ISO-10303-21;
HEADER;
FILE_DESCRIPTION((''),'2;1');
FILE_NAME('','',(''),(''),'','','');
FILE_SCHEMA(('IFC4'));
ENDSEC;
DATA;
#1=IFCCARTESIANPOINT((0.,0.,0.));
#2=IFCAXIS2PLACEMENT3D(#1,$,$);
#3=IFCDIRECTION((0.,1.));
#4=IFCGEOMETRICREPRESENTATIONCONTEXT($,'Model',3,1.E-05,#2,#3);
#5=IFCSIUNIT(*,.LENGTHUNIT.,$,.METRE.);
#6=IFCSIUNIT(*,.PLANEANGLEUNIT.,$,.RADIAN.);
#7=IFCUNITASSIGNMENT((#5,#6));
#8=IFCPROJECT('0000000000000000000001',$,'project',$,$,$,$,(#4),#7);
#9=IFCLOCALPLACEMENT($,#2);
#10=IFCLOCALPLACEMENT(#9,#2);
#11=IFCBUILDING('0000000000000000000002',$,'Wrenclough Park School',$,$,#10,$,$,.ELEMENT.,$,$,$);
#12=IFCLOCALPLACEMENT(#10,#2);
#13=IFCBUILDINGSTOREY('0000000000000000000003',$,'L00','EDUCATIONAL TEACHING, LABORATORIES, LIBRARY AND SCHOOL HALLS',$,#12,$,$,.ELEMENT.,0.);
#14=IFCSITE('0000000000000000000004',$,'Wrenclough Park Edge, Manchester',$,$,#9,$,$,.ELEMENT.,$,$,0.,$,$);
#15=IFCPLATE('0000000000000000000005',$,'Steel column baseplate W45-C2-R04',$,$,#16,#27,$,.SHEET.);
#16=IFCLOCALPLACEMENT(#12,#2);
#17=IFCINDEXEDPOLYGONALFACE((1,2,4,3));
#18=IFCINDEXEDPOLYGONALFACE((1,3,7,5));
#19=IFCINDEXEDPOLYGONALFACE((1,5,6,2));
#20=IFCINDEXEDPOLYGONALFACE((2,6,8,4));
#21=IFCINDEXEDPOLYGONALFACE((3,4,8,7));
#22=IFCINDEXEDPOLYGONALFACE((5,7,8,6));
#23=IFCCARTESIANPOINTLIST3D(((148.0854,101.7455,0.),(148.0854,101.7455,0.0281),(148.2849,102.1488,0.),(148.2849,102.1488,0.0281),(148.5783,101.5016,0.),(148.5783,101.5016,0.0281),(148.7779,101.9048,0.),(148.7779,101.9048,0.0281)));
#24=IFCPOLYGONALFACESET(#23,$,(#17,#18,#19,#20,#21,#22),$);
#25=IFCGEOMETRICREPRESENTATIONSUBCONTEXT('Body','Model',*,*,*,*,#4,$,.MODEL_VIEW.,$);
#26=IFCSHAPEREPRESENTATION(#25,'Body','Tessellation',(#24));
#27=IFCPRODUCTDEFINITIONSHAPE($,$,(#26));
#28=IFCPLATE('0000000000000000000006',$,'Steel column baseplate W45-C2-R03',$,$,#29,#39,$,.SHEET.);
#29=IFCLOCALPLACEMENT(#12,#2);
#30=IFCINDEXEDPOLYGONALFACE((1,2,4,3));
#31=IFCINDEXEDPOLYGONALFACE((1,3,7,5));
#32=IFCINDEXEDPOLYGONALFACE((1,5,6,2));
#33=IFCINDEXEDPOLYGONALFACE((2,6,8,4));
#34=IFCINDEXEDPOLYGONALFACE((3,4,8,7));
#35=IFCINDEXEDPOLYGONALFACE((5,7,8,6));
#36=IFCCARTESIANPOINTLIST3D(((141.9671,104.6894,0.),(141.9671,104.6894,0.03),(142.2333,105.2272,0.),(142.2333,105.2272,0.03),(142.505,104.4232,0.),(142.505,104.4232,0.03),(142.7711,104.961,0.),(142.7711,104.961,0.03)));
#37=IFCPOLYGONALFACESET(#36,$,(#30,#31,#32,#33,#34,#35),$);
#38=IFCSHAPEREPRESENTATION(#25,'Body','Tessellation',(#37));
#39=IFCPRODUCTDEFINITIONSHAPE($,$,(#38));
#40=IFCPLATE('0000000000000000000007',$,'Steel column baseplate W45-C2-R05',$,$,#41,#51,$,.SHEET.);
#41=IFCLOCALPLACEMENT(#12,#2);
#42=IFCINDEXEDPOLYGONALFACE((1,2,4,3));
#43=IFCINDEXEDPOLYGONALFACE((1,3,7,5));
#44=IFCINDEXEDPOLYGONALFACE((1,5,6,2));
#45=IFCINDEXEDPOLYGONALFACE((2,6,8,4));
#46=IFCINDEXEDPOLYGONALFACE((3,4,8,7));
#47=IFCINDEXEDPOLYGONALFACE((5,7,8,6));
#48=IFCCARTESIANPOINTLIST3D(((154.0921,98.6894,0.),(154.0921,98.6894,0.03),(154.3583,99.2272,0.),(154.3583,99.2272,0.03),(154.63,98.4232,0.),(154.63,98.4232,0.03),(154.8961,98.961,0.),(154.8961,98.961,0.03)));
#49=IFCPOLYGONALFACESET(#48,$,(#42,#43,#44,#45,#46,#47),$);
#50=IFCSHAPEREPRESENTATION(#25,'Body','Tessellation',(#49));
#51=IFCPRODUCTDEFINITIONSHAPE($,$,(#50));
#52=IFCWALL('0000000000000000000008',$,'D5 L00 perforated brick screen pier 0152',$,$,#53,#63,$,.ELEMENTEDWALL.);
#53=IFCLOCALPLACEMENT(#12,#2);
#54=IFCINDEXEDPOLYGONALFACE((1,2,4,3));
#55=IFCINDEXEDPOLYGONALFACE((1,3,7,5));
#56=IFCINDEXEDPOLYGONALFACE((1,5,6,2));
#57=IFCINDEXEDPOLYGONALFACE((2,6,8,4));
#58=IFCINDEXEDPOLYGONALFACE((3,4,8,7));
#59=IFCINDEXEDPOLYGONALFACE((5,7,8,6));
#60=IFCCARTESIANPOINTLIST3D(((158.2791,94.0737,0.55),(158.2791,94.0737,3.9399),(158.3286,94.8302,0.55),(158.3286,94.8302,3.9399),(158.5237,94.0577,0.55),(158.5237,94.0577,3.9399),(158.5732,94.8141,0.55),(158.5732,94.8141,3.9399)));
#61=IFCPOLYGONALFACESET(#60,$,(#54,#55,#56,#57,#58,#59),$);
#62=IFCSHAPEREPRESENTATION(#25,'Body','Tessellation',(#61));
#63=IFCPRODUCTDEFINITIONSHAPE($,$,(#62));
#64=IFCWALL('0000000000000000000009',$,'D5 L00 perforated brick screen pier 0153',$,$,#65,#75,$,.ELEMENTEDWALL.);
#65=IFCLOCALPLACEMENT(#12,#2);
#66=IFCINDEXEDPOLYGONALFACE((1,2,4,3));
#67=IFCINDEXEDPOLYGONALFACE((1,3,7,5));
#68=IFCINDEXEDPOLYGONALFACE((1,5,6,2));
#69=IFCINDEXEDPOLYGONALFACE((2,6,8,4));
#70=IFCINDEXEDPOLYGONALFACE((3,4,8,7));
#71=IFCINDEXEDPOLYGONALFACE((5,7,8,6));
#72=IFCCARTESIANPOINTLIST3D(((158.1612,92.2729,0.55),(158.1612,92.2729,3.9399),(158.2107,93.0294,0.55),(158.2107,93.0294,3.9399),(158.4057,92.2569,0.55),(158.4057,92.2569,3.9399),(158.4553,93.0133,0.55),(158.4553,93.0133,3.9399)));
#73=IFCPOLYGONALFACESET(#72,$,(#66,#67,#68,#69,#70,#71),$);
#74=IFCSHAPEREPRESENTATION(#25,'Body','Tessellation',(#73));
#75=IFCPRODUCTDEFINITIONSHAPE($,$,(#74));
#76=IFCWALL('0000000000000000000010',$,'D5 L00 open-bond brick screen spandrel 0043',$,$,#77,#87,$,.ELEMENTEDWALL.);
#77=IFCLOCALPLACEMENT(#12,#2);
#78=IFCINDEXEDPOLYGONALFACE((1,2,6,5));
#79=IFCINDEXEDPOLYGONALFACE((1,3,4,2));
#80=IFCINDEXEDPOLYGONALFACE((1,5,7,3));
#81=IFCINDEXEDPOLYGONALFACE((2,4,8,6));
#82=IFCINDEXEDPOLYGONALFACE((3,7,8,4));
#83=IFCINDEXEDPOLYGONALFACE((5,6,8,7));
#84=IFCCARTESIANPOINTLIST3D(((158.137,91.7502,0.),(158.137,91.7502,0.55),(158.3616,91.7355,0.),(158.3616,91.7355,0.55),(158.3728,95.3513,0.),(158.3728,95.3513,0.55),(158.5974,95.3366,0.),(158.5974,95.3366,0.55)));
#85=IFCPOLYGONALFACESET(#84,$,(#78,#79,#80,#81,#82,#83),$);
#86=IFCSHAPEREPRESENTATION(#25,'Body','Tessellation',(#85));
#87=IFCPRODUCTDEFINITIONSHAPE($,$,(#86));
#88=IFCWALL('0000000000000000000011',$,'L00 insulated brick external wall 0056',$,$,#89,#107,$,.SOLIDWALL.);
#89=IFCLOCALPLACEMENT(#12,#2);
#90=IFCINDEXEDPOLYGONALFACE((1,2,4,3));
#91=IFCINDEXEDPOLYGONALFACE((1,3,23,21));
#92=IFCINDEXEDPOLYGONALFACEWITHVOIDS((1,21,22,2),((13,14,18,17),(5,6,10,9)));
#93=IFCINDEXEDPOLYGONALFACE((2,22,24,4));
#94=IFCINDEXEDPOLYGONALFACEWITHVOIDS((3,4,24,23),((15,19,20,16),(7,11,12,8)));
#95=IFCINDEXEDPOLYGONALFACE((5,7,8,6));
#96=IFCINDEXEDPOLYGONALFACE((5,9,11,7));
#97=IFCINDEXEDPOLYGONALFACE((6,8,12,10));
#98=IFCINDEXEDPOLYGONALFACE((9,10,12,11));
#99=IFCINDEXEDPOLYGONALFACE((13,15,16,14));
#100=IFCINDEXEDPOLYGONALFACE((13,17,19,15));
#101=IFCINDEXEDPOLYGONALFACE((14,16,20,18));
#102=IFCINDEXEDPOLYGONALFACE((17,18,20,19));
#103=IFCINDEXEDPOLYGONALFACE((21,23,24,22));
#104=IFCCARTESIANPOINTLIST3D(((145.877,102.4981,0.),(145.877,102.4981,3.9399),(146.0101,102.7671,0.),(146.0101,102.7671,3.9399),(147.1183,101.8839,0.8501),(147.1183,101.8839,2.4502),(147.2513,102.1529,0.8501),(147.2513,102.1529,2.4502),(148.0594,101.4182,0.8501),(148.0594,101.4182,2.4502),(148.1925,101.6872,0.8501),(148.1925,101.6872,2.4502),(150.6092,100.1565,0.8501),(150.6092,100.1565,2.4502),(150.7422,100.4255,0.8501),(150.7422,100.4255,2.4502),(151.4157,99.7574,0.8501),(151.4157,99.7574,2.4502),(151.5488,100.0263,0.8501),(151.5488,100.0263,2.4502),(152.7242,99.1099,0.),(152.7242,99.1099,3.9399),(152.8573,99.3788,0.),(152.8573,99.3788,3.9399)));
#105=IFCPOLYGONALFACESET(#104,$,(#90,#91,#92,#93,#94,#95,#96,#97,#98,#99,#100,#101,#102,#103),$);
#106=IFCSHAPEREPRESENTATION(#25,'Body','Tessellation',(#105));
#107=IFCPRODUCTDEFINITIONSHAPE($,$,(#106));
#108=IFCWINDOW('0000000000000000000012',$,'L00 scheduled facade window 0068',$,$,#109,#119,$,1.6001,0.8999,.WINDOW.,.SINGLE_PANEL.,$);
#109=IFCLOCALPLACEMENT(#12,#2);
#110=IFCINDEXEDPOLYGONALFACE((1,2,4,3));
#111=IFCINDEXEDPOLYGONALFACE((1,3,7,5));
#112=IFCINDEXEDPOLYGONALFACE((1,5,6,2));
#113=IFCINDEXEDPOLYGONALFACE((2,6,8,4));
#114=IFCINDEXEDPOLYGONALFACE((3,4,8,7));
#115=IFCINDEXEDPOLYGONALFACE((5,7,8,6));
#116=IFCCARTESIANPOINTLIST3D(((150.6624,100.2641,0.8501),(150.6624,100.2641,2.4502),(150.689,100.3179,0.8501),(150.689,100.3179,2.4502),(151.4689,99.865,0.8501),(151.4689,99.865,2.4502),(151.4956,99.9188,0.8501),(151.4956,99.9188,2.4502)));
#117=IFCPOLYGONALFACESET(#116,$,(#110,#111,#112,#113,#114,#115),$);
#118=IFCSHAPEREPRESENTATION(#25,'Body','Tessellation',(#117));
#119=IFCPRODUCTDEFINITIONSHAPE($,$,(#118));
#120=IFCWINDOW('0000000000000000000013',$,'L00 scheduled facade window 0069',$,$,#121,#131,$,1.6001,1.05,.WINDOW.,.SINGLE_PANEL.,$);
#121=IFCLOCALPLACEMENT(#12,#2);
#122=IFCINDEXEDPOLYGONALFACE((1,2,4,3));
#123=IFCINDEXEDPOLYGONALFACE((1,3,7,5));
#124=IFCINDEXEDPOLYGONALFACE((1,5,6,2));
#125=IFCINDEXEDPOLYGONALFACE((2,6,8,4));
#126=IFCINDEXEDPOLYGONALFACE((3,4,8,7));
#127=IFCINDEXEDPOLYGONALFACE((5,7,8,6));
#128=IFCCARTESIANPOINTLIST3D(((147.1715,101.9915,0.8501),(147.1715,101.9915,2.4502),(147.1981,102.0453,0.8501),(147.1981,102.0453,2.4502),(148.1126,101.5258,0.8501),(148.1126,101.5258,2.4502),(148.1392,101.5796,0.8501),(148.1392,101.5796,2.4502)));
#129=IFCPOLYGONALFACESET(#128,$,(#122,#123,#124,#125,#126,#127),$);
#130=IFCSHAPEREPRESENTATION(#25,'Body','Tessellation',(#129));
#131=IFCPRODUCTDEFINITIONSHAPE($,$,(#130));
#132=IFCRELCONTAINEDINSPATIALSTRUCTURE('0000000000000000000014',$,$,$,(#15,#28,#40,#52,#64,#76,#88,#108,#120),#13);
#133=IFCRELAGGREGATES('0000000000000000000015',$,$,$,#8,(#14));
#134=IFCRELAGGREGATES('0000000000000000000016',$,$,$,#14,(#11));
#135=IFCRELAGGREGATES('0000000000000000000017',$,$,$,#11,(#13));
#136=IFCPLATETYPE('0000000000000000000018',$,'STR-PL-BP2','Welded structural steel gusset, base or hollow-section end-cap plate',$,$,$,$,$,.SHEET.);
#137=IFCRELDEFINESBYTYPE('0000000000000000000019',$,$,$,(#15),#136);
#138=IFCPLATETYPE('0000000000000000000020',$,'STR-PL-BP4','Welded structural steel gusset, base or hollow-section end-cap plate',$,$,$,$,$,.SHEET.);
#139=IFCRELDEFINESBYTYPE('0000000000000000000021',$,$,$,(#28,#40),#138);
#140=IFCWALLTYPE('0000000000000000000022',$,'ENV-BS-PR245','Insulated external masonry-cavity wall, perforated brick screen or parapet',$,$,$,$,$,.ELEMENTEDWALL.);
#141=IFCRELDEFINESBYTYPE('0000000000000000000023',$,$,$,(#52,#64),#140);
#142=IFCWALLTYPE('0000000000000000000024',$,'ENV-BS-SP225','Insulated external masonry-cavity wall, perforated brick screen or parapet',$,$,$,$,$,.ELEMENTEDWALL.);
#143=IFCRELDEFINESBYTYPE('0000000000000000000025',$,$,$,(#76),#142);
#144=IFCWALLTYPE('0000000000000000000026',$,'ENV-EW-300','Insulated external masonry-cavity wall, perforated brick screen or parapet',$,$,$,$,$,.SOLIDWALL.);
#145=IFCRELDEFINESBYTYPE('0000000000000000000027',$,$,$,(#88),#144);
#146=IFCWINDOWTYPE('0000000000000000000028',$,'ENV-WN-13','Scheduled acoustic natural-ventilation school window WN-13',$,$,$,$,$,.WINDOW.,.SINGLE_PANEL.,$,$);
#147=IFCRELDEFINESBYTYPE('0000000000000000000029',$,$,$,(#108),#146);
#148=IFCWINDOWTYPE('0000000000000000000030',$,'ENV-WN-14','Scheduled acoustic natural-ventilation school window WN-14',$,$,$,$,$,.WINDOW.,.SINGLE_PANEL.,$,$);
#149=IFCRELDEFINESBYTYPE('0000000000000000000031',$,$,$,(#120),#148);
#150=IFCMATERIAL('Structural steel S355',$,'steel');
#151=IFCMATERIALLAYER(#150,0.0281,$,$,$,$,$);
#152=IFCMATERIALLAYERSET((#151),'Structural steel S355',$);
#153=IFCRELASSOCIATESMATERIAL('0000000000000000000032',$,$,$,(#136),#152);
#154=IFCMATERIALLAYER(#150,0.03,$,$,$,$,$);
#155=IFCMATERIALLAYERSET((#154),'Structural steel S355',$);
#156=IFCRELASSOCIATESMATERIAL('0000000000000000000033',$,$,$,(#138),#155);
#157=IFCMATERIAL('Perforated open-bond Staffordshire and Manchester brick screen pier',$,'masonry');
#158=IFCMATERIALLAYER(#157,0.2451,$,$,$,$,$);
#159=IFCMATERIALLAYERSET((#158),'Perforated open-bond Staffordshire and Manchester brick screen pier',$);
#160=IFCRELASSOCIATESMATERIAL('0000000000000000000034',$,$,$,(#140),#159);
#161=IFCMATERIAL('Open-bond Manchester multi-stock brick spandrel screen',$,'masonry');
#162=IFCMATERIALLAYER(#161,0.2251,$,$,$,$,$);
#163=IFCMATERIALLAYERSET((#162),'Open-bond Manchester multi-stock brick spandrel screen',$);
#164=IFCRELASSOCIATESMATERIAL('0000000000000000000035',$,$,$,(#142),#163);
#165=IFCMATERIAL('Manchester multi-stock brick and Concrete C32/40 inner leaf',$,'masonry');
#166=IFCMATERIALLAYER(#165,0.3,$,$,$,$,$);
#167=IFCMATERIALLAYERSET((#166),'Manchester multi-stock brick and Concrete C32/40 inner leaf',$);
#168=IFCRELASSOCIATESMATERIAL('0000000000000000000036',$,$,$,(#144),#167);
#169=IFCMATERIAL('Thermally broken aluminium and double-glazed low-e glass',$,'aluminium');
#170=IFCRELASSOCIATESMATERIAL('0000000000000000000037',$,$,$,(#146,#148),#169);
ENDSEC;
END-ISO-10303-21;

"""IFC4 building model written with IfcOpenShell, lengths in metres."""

from ifc_helpers import new_model, si_unit, direction, frame, frame_2d, origin, origin_2d, place, context, subcontext, project, spatial, rectangle, extrude, material, layer, layer_set, type_object, element, fill, save


model = new_model("IFC4")

# Units and contexts
model_context = context("Model", 3, precision=1e-05, world=origin(), true_north=direction((0.0, 1.0)))
body_context = subcontext(model_context, "Body", "Model", "MODEL_VIEW")
ifc_project = project(units=[si_unit("LENGTHUNIT", "METRE"), si_unit("PLANEANGLEUNIT", "RADIAN")], contexts=[model_context])

# Site, building, storey
site_placement = place(None, origin())
site = spatial("IfcSite", under=ifc_project, at=site_placement, Name="Wrenclough Park Edge, Manchester", CompositionType="ELEMENT", RefElevation=0.0)
building_placement = place(site_placement, origin())
building = spatial("IfcBuilding", under=site, at=building_placement, Name="Wrenclough Park School", CompositionType="ELEMENT")
storey_placement = place(building_placement, origin())
storey = spatial("IfcBuildingStorey", under=building, at=storey_placement, Name="L00", Description="EDUCATIONAL TEACHING, LABORATORIES, LIBRARY AND SCHOOL HALLS", CompositionType="ELEMENT", Elevation=0.0)

# Shared definitions
ifc_material_1 = material(Name="Structural steel S355", Category="steel")

# Plates
ifc_layer_1 = layer(ifc_material_1, 0.0281)
ifc_layer_set_1 = layer_set([ifc_layer_1], Name="Structural steel S355")
plate_type_1 = type_object("IfcPlateType", Name="STR-PL-BP2", Description="Welded structural steel gusset, base or hollow-section end-cap plate", PredefinedType="SHEET", material=ifc_layer_set_1)
plate_1_placement = place(storey_placement, frame((148.4316, 101.8252, 0.0), z_axis=(0.0, 0.0, 1.0), x_axis=(0.896254, -0.443541, 0.0)))
element("IfcPlate", 1, at=plate_1_placement, inside=storey, type_object=plate_type_1, Name="Steel column baseplate W45-C2-R04", PredefinedType="SHEET", context=body_context, shape_type="SweptSolid", body=[
    extrude(rectangle(XDim=0.55, YDim=0.45, at=origin_2d()), origin(), (0.0, 0.0, 1.0), 0.0281),
])
ifc_layer_2 = layer(ifc_material_1, 0.03)
ifc_layer_set_2 = layer_set([ifc_layer_2], Name="Structural steel S355")
plate_type_2 = type_object("IfcPlateType", Name="STR-PL-BP4", Description="Welded structural steel gusset, base or hollow-section end-cap plate", PredefinedType="SHEET", material=ifc_layer_set_2)
for number, where, z_axis, x_axis, name in (
    (2, (142.3691, 104.8252, 0.0), (0.0, 0.0, 1.0), (0.896254, -0.443541, 0.0), "Steel column baseplate W45-C2-R03"),
    (3, (154.4941, 98.8252, 0.0), (0.0, 0.0, 1.0), (0.896254, -0.443541, 0.0), "Steel column baseplate W45-C2-R05"),
):
    element("IfcPlate", number, at=place(storey_placement, frame(where, z_axis=z_axis, x_axis=x_axis)), inside=storey, type_object=plate_type_2, Name=name, PredefinedType="SHEET", context=body_context, shape_type="SweptSolid", body=[
        extrude(rectangle(XDim=0.6001, YDim=0.6001, at=origin_2d()), origin(), (0.0, 0.0, 1.0), 0.03),
    ])

# Walls
ifc_material_2 = material(Name="Perforated open-bond Staffordshire and Manchester brick screen pier", Category="masonry")
ifc_layer_3 = layer(ifc_material_2, 0.2451)
ifc_layer_set_3 = layer_set([ifc_layer_3], Name="Perforated open-bond Staffordshire and Manchester brick screen pier")
wall_type_1 = type_object("IfcWallType", Name="ENV-BS-PR245", Description="Insulated external masonry-cavity wall, perforated brick screen or parapet", PredefinedType="ELEMENTEDWALL", material=ifc_layer_set_3)
for number, where, z_axis, x_axis, name in (
    (4, (158.4509, 94.822, 0.55), (0.0, 0.0, 1.0), (-0.065386, -0.99786, 0.0), "D5 L00 perforated brick screen pier 0152"),
    (5, (158.333, 93.0212, 0.55), (0.0, 0.0, 1.0), (-0.065386, -0.99786, 0.0), "D5 L00 perforated brick screen pier 0153"),
):
    element("IfcWall", number, at=place(storey_placement, frame(where, z_axis=z_axis, x_axis=x_axis)), inside=storey, type_object=wall_type_1, Name=name, PredefinedType="ELEMENTEDWALL", context=body_context, shape_type="SweptSolid", body=[
        extrude(rectangle(XDim=0.7581, YDim=0.2451, at=frame_2d((0.3789, 0.0))), origin(), (0.0, 0.0, 1.0), 3.3899),
    ])
ifc_material_3 = material(Name="Open-bond Manchester multi-stock brick spandrel screen", Category="masonry")
ifc_layer_4 = layer(ifc_material_3, 0.2251)
ifc_layer_set_4 = layer_set([ifc_layer_4], Name="Open-bond Manchester multi-stock brick spandrel screen")
wall_type_2 = type_object("IfcWallType", Name="ENV-BS-SP225", Description="Insulated external masonry-cavity wall, perforated brick screen or parapet", PredefinedType="ELEMENTEDWALL", material=ifc_layer_set_4)
wall_1_placement = place(storey_placement, frame((158.4851, 95.344, 0.0), z_axis=(0.0, 0.0, 1.0), x_axis=(-0.065352, -0.997862, 0.0)))
element("IfcWall", 6, at=wall_1_placement, inside=storey, type_object=wall_type_2, Name="D5 L00 open-bond brick screen spandrel 0043", PredefinedType="ELEMENTEDWALL", context=body_context, shape_type="SweptSolid", body=[
    extrude(rectangle(XDim=3.6089, YDim=0.2251, at=frame_2d((1.8044, 0.0))), origin(), (0.0, 0.0, 1.0), 0.55),
])

# Wall, openings, windows
ifc_material_4 = material(Name="Manchester multi-stock brick and Concrete C32/40 inner leaf", Category="masonry")
ifc_layer_5 = layer(ifc_material_4, 0.3)
ifc_layer_set_5 = layer_set([ifc_layer_5], Name="Manchester multi-stock brick and Concrete C32/40 inner leaf")
wall_type_3 = type_object("IfcWallType", Name="ENV-EW-300", Description="Insulated external masonry-cavity wall, perforated brick screen or parapet", PredefinedType="SOLIDWALL", material=ifc_layer_set_5)
wall_2_placement = place(storey_placement, frame((152.7908, 99.2444, 0.0), z_axis=(0.0, 0.0, 1.0), x_axis=(-0.896273, 0.443503, 0.0)))
wall_2 = element("IfcWall", 7, at=wall_2_placement, inside=storey, type_object=wall_type_3, Name="L00 insulated brick external wall 0056", PredefinedType="SOLIDWALL", context=body_context, shape_type="SweptSolid", body=[
    extrude(rectangle(XDim=7.6396, YDim=0.3, at=frame_2d((3.8198, 0.0))), origin(), (0.0, 0.0, 1.0), 3.9399),
])
opening_1_placement = place(wall_2_placement, frame((1.46, 0.0, 0.8501)))
opening_1 = element("IfcOpeningElement", 8, at=opening_1_placement, cuts=wall_2, PredefinedType="OPENING", context=body_context, shape_type="SweptSolid", body=[
    extrude(rectangle(XDim=0.8999, YDim=1.6001, at=frame_2d((0.45, 0.8))), frame((0.0, 0.1599, 0.0), z_axis=(0.0, -1.0, 0.0), x_axis=(1.0, 0.0, 0.0)), (0.0, 0.0, 1.0), 0.3201),
])
opening_2_placement = place(wall_2_placement, frame((5.2048, 0.0, 0.8501)))
opening_2 = element("IfcOpeningElement", 9, at=opening_2_placement, cuts=wall_2, PredefinedType="OPENING", context=body_context, shape_type="SweptSolid", body=[
    extrude(rectangle(XDim=1.05, YDim=1.6001, at=frame_2d((0.5249, 0.8))), frame((0.0, 0.1599, 0.0), z_axis=(0.0, -1.0, 0.0), x_axis=(1.0, 0.0, 0.0)), (0.0, 0.0, 1.0), 0.3201),
])
ifc_material_5 = material(Name="Thermally broken aluminium and double-glazed low-e glass", Category="aluminium")
window_type_1 = type_object("IfcWindowType", Name="ENV-WN-13", Description="Scheduled acoustic natural-ventilation school window WN-13", PartitioningType="SINGLE_PANEL", PredefinedType="WINDOW", material=ifc_material_5)
window_1_placement = place(opening_1_placement, origin())
window_1 = element("IfcWindow", 10, at=window_1_placement, inside=storey, type_object=window_type_1, Name="L00 scheduled facade window 0068", OverallHeight=1.6001, OverallWidth=0.8999, PartitioningType="SINGLE_PANEL", PredefinedType="WINDOW", context=body_context, shape_type="SweptSolid", body=[
    extrude(rectangle(XDim=0.8999, YDim=1.6001, at=frame_2d((0.45, 0.8))), frame((0.0, 0.03, 0.0), z_axis=(0.0, -1.0, 0.0), x_axis=(1.0, 0.0, 0.0)), (0.0, 0.0, 1.0), 0.0601),
])
fill(opening_1, window_1)
window_type_2 = type_object("IfcWindowType", Name="ENV-WN-14", Description="Scheduled acoustic natural-ventilation school window WN-14", PartitioningType="SINGLE_PANEL", PredefinedType="WINDOW", material=ifc_material_5)
window_2_placement = place(opening_2_placement, origin())
window_2 = element("IfcWindow", 11, at=window_2_placement, inside=storey, type_object=window_type_2, Name="L00 scheduled facade window 0069", OverallHeight=1.6001, OverallWidth=1.05, PartitioningType="SINGLE_PANEL", PredefinedType="WINDOW", context=body_context, shape_type="SweptSolid", body=[
    extrude(rectangle(XDim=1.05, YDim=1.6001, at=frame_2d((0.5249, 0.8))), frame((0.0, 0.03, 0.0), z_axis=(0.0, -1.0, 0.0), x_axis=(1.0, 0.0, 0.0)), (0.0, 0.0, 1.0), 0.0601),
])
fill(opening_2, window_2)

save(model, "model.ifc")
